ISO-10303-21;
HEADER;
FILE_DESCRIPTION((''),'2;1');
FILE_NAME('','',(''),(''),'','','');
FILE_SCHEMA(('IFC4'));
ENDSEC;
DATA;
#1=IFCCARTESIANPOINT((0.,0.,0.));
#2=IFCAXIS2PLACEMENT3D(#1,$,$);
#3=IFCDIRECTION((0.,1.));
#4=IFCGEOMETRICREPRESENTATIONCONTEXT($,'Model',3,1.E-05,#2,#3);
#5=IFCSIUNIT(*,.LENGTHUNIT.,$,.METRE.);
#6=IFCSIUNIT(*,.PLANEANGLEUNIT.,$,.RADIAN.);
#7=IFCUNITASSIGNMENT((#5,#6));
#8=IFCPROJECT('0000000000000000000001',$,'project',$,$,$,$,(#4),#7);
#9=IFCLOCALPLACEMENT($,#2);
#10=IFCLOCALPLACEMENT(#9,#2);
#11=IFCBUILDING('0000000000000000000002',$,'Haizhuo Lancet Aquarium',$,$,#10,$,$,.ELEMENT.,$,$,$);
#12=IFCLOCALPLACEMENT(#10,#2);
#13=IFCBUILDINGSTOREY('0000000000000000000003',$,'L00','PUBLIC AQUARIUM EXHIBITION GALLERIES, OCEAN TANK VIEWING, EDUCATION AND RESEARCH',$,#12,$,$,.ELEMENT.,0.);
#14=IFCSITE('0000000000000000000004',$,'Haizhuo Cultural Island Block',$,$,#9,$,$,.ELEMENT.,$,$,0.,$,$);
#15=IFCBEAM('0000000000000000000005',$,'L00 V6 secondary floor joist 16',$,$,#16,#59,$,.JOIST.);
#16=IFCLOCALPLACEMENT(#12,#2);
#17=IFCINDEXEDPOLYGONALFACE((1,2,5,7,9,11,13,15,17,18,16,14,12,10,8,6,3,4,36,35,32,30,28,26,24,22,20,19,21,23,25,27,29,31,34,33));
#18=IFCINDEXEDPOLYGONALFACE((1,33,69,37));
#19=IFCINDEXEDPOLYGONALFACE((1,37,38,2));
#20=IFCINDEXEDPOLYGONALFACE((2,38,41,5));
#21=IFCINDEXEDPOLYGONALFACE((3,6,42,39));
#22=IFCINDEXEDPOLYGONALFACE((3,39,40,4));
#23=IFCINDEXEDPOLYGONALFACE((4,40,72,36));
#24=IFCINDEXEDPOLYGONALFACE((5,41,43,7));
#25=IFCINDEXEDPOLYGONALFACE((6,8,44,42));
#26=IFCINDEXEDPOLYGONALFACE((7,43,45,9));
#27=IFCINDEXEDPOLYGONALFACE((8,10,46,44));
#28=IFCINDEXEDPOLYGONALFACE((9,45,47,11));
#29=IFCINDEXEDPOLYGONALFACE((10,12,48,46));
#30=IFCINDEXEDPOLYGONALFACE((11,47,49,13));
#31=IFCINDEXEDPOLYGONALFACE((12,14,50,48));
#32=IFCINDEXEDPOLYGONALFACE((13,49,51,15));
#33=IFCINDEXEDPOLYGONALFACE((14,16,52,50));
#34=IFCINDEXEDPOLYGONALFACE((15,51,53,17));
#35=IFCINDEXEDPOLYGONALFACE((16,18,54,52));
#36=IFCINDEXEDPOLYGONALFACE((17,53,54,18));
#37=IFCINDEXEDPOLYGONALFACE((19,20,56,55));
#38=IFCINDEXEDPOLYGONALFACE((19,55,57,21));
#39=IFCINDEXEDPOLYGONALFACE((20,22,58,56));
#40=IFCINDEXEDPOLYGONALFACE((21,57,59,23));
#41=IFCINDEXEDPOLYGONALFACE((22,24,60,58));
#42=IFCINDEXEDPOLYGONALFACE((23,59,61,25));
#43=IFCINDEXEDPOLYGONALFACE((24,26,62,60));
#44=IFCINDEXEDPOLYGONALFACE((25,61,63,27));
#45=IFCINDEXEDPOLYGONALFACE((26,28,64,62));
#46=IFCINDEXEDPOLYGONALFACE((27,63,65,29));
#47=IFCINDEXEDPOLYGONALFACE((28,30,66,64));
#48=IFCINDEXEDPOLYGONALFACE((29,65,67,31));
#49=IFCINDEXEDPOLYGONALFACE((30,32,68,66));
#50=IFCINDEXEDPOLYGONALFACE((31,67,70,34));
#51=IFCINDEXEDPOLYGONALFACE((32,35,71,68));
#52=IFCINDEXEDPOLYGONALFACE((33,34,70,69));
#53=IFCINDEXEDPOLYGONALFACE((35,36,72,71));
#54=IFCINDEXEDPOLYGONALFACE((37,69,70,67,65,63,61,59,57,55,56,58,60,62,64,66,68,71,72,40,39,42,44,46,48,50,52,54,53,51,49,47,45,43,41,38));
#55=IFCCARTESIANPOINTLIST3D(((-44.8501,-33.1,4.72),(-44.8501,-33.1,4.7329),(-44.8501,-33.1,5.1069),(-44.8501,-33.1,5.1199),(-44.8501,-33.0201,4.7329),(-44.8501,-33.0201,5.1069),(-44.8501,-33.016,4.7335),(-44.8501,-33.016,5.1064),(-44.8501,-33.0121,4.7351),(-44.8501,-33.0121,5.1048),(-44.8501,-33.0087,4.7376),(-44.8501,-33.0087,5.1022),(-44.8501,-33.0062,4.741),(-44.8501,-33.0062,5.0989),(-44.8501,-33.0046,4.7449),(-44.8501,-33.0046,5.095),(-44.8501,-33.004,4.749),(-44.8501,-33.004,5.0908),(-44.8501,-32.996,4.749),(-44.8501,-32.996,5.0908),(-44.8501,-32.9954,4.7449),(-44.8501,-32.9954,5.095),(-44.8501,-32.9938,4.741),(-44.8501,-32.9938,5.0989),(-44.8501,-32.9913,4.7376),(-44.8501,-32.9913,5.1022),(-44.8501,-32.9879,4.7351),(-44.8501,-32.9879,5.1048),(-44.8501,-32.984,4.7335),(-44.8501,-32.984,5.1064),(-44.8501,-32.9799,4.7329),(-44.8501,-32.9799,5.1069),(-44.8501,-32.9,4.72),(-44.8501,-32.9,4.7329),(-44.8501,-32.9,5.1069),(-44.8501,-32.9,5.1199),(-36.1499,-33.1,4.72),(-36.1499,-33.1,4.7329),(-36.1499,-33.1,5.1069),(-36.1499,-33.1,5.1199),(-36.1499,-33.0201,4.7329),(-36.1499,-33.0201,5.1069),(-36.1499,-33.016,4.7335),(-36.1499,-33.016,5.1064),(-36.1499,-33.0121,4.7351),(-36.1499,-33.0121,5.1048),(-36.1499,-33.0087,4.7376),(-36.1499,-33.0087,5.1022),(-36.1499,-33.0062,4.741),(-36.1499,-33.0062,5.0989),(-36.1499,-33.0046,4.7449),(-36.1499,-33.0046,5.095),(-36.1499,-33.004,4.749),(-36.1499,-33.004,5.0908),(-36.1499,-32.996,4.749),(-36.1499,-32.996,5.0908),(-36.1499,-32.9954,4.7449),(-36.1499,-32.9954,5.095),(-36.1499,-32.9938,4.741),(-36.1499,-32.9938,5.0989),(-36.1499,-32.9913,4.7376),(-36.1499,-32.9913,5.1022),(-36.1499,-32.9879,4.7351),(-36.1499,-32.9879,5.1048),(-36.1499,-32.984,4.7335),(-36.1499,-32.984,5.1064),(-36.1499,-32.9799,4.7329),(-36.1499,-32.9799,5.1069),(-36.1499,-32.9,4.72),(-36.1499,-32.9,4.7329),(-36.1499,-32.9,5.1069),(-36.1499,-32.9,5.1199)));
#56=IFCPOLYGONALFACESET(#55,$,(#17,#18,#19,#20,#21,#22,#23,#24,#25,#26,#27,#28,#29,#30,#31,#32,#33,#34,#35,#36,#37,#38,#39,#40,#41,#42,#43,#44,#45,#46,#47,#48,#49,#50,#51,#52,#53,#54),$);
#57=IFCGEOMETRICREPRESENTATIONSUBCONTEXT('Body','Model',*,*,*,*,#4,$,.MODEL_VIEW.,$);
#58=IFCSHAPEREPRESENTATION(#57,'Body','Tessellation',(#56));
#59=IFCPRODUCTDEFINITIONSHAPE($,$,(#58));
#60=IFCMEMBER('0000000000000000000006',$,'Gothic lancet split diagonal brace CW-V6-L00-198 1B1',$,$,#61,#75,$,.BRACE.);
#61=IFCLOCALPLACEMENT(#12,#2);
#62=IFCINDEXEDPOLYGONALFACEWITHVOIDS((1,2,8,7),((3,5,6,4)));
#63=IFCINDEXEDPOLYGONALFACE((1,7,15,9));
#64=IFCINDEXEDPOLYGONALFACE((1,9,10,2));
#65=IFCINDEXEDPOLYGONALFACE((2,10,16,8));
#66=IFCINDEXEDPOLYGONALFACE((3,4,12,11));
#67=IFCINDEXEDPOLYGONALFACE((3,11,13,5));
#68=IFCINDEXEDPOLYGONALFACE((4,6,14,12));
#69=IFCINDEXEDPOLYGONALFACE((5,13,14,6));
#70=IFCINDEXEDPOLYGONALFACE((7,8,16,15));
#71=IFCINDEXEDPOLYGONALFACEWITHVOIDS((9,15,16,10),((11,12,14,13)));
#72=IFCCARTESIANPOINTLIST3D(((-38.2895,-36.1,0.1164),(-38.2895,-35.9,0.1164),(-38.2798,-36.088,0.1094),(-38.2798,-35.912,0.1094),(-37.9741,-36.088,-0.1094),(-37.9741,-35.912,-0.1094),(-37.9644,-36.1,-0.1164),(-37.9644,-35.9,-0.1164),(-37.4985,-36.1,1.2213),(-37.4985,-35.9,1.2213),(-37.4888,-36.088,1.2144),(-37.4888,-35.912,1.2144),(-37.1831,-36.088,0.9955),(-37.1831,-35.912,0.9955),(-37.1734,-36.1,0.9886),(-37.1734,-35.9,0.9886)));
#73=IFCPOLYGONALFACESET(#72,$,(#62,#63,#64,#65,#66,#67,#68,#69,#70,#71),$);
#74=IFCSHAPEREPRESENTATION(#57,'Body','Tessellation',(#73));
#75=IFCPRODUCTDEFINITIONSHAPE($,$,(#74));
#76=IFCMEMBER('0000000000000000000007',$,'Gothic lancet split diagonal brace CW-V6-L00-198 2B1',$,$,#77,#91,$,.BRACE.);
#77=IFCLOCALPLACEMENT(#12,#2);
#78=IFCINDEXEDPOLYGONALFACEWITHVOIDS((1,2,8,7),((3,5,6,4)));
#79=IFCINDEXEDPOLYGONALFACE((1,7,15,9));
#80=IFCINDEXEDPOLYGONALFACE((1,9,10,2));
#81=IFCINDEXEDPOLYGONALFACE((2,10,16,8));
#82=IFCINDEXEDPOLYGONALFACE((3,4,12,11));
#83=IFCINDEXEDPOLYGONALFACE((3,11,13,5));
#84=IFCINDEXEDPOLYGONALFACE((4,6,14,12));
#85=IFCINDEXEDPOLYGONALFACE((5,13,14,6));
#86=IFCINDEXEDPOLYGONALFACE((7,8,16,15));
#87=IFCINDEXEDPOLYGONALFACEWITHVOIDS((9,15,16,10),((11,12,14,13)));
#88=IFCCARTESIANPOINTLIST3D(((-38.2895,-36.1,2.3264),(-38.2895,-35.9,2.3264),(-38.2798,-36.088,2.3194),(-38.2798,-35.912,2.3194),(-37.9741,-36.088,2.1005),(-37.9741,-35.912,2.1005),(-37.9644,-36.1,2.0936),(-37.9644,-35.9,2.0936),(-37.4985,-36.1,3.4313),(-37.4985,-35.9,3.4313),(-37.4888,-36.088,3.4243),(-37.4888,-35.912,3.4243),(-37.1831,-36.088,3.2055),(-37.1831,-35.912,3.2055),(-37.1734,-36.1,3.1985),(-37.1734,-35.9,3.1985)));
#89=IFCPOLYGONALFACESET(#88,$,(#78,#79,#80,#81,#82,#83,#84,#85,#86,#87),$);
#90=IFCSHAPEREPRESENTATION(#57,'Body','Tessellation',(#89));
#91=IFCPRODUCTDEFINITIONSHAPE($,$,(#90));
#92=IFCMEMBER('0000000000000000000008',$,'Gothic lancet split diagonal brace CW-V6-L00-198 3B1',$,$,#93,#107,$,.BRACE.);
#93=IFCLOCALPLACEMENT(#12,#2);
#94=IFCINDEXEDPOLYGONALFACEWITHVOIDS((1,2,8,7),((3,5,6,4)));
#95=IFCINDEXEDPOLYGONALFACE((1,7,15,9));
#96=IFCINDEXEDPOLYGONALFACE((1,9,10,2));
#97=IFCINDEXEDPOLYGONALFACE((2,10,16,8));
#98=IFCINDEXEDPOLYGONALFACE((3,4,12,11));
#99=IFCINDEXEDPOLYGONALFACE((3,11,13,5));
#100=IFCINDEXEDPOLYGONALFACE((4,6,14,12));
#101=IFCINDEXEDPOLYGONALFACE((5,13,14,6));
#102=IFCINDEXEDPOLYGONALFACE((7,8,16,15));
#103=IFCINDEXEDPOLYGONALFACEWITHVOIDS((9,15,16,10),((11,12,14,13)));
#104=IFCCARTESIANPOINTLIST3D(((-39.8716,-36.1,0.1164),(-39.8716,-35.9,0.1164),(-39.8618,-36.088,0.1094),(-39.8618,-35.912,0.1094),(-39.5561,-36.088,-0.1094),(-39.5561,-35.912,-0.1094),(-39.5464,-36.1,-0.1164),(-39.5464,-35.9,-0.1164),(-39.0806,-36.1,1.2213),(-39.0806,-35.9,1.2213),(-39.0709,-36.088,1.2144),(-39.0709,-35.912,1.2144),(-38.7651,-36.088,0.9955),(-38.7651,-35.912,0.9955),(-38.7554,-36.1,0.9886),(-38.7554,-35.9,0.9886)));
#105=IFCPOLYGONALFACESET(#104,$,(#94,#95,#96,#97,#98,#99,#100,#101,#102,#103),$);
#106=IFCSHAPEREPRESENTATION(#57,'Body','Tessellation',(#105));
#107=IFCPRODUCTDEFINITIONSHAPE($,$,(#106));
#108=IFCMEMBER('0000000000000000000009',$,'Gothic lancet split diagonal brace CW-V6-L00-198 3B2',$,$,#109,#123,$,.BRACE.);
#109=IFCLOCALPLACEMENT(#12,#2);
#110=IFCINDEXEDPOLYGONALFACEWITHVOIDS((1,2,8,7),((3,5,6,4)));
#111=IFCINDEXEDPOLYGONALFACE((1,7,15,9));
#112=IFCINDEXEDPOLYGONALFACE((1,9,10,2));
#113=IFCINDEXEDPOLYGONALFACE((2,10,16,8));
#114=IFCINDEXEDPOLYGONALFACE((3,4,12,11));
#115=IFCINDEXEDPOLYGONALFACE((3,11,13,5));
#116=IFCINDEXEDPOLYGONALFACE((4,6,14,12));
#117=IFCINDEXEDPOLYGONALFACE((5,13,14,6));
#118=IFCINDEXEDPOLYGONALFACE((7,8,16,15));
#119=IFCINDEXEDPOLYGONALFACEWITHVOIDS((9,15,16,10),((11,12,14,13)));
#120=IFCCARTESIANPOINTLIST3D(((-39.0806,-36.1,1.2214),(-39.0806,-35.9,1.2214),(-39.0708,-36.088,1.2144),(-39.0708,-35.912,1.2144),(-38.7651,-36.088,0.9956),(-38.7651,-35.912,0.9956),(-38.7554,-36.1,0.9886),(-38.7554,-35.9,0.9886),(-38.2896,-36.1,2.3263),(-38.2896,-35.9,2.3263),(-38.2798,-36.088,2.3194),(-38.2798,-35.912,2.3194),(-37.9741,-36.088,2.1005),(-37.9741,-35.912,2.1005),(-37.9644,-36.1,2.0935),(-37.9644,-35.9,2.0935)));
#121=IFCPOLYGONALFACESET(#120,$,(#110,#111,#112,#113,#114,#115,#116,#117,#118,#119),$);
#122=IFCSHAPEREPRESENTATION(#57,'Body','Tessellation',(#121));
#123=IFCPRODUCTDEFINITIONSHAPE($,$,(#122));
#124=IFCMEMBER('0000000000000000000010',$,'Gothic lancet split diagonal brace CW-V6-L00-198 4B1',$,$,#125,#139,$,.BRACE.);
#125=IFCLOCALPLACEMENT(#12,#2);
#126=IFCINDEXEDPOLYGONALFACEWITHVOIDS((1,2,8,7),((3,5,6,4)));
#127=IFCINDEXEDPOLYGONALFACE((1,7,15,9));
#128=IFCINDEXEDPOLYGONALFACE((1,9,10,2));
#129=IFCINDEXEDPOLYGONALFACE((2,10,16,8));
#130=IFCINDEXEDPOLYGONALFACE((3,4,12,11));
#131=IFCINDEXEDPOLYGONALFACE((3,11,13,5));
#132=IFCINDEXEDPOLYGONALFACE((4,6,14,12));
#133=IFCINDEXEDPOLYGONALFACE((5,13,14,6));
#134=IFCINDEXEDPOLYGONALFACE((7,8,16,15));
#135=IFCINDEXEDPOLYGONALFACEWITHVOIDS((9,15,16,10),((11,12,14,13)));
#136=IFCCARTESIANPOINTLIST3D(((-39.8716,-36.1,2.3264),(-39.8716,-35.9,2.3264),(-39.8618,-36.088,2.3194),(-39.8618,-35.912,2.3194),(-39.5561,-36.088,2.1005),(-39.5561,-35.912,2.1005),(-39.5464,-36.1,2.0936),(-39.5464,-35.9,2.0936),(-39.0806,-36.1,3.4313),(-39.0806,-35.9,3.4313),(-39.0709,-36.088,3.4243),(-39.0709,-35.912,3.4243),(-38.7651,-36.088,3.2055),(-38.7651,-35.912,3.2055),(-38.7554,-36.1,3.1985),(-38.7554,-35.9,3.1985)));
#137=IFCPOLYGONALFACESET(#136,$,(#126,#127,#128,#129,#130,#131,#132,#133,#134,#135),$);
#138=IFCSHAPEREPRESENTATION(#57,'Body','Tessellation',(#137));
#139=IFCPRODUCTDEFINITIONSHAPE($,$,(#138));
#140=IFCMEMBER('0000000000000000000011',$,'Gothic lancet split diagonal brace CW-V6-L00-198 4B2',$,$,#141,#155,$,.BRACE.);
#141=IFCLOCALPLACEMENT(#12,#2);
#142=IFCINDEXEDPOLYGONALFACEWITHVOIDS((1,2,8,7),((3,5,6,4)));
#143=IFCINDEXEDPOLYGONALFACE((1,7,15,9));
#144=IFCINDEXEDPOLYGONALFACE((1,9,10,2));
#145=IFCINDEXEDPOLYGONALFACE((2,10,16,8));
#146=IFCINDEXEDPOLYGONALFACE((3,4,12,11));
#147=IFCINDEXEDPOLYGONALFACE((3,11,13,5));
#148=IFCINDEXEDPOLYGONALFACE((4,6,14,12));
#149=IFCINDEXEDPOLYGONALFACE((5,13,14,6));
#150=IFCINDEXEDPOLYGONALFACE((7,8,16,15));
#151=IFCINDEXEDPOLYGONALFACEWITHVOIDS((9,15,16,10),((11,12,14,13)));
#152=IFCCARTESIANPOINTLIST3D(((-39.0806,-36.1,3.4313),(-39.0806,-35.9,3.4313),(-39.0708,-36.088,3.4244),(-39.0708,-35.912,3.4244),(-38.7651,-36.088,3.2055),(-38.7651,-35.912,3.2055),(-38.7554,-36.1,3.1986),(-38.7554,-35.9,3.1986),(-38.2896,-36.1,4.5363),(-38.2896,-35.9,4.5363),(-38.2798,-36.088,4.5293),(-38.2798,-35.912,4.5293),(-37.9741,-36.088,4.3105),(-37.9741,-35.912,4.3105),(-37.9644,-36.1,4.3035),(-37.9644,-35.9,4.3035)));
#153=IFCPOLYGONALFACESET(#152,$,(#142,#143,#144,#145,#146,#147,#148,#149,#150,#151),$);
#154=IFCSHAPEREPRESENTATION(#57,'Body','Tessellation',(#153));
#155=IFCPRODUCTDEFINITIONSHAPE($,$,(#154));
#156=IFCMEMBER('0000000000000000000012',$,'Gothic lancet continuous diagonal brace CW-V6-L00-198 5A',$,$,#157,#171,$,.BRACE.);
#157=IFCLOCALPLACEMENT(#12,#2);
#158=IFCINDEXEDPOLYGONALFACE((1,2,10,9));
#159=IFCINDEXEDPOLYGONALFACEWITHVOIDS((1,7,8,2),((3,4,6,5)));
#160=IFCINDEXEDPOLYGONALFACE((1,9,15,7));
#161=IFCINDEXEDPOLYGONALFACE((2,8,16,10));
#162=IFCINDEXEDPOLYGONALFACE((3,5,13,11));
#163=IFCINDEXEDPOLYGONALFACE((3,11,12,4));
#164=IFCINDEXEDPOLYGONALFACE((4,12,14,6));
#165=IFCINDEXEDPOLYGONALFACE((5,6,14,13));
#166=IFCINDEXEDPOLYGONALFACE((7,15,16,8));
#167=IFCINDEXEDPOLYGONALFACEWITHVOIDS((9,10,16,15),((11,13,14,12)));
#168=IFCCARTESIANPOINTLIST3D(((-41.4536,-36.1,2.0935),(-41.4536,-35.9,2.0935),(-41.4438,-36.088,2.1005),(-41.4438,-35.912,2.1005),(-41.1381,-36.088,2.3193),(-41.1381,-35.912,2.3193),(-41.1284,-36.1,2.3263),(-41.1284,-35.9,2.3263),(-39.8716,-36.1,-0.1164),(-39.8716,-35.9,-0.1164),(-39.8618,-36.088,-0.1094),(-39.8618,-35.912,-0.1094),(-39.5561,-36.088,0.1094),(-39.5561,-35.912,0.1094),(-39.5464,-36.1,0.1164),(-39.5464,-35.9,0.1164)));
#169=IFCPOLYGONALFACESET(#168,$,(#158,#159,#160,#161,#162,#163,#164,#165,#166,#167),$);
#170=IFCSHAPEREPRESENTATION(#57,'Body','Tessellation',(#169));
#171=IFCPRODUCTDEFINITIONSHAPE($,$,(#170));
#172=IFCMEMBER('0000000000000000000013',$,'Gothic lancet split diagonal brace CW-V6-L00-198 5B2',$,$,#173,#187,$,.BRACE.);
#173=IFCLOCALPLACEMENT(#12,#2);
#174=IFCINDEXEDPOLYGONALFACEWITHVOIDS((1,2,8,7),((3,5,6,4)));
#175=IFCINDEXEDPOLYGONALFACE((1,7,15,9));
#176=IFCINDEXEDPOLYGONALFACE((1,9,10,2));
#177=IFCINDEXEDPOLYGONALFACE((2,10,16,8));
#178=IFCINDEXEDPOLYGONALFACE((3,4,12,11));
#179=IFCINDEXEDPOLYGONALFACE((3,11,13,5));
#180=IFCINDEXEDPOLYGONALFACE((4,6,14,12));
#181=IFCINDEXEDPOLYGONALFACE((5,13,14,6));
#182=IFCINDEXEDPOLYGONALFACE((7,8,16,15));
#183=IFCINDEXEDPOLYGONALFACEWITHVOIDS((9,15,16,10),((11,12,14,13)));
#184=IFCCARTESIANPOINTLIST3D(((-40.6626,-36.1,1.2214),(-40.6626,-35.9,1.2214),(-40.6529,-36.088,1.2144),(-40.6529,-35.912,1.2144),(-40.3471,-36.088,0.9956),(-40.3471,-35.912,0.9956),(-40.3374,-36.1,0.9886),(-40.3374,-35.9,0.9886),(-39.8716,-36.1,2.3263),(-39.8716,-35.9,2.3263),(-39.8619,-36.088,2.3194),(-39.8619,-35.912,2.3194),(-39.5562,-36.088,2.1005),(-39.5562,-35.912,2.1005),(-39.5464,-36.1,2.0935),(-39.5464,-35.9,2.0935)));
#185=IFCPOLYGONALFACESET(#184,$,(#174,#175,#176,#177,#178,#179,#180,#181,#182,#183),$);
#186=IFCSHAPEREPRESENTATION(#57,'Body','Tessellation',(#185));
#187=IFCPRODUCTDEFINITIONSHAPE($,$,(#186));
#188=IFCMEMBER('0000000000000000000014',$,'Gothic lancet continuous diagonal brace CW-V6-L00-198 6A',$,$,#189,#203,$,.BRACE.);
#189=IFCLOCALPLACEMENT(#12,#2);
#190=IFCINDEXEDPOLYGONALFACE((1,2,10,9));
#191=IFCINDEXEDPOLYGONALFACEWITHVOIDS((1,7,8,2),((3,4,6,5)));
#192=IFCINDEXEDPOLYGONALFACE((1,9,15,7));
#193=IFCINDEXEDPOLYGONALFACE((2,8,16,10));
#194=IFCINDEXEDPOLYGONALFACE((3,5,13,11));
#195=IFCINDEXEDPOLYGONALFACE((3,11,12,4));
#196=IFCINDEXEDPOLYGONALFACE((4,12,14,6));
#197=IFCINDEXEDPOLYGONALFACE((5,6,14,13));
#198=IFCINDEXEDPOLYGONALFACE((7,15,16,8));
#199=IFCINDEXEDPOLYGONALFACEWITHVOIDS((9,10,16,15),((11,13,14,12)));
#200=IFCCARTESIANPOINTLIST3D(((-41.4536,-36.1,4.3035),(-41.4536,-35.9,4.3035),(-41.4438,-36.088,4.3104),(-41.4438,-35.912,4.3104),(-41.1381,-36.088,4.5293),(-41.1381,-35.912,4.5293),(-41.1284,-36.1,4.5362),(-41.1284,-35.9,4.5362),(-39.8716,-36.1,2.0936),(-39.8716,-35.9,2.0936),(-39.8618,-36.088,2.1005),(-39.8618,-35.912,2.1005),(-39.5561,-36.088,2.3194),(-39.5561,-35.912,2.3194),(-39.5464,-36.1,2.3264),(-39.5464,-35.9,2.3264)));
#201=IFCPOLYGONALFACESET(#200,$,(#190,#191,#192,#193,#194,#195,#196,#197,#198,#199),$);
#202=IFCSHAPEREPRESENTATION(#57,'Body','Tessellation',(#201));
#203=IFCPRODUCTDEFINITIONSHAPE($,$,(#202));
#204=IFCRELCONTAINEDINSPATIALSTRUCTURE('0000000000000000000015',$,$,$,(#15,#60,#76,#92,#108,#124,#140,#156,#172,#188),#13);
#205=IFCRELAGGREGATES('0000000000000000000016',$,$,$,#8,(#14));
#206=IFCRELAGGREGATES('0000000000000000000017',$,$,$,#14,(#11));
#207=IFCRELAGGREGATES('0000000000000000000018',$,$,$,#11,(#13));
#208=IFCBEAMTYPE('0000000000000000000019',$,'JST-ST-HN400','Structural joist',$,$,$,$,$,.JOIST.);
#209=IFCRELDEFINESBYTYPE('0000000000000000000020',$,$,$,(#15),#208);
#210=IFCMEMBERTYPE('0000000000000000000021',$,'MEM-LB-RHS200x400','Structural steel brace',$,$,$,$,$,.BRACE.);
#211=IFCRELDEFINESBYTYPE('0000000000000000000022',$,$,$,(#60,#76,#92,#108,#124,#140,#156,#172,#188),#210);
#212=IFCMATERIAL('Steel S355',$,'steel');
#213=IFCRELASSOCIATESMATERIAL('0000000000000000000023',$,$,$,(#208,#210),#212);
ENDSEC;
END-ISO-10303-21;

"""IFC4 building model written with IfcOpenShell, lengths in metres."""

from ifc_helpers import new_model, si_unit, direction, frame, origin, origin_2d, place, context, subcontext, project, spatial, hollow_rectangle, i_section, extrude, material, material_profile, profile_set, type_object, element, save


model = new_model("IFC4")

# Units and contexts
model_context = context("Model", 3, precision=1e-05, world=origin(), true_north=direction((0.0, 1.0)))
body_context = subcontext(model_context, "Body", "Model", "MODEL_VIEW")
ifc_project = project(units=[si_unit("LENGTHUNIT", "METRE"), si_unit("PLANEANGLEUNIT", "RADIAN")], contexts=[model_context])

# Site, building, storey
site_placement = place(None, origin())
site = spatial("IfcSite", under=ifc_project, at=site_placement, Name="Haizhuo Cultural Island Block", CompositionType="ELEMENT", RefElevation=0.0)
building_placement = place(site_placement, origin())
building = spatial("IfcBuilding", under=site, at=building_placement, Name="Haizhuo Lancet Aquarium", CompositionType="ELEMENT")
storey_placement = place(building_placement, origin())
storey = spatial("IfcBuildingStorey", under=building, at=storey_placement, Name="L00", Description="PUBLIC AQUARIUM EXHIBITION GALLERIES, OCEAN TANK VIEWING, EDUCATION AND RESEARCH", CompositionType="ELEMENT", Elevation=0.0)

# Shared definitions
ifc_material_1 = material(Name="Steel S355", Category="steel")

# Beam
ifc_material_profile_1 = material_profile(ifc_material_1, i_section(OverallWidth=0.2, OverallDepth=0.3999, WebThickness=0.0081, FlangeThickness=0.0129, FilletRadius=0.0161, at=origin_2d()), Name="HN 400x200x8x13")
ifc_profile_set_1 = profile_set([ifc_material_profile_1], Name="Steel S355")
beam_type_1 = type_object("IfcBeamType", Name="JST-ST-HN400", Description="Structural joist", PredefinedType="JOIST", material=ifc_profile_set_1)
for number, where, z_axis, x_axis, name in (
    (1, (-44.8501, -33.0, 4.9199), (1.0, 0.0, 0.0), (0.0, 1.0, 0.0), "L00 V6 secondary floor joist 16"),
):
    element("IfcBeam", number, at=place(storey_placement, frame(where, z_axis=z_axis, x_axis=x_axis)), inside=storey, type_object=beam_type_1, Name=name, PredefinedType="JOIST", context=body_context, shape_type="SweptSolid", body=[
        extrude(i_section(OverallWidth=0.2, OverallDepth=0.3999, WebThickness=0.0081, FlangeThickness=0.0129, FilletRadius=0.0161, at=origin_2d()), origin(), (0.0, 0.0, 1.0), 8.7002),
    ])

# Members
ifc_material_profile_2 = material_profile(ifc_material_1, hollow_rectangle(XDim=0.2, YDim=0.3999, WallThickness=0.012, at=origin_2d()), Name="RHS 200x400x12")
ifc_profile_set_2 = profile_set([ifc_material_profile_2], Name="Steel S355")
member_type_1 = type_object("IfcMemberType", Name="MEM-LB-RHS200x400", Description="Structural steel brace", PredefinedType="BRACE", material=ifc_profile_set_2)
for number, where, z_axis, x_axis, name in (
    (2, (-38.127, -36.0, 0.0), (0.582088, 0.0, 0.813126), (0.0, 1.0, 0.0), "Gothic lancet split diagonal brace CW-V6-L00-198 1B1"),
    (3, (-38.127, -36.0, 2.21), (0.582088, 0.0, 0.813126), (0.0, 1.0, 0.0), "Gothic lancet split diagonal brace CW-V6-L00-198 2B1"),
    (4, (-39.709, -36.0, 0.0), (0.582088, 0.0, 0.813126), (0.0, 1.0, 0.0), "Gothic lancet split diagonal brace CW-V6-L00-198 3B1"),
    (5, (-38.918, -36.0, 1.105), (0.582088, 0.0, 0.813126), (0.0, 1.0, 0.0), "Gothic lancet split diagonal brace CW-V6-L00-198 3B2"),
    (6, (-39.709, -36.0, 2.21), (0.582088, 0.0, 0.813126), (0.0, 1.0, 0.0), "Gothic lancet split diagonal brace CW-V6-L00-198 4B1"),
    (7, (-38.918, -36.0, 3.3149), (0.582088, 0.0, 0.813126), (0.0, 1.0, 0.0), "Gothic lancet split diagonal brace CW-V6-L00-198 4B2"),
):
    element("IfcMember", number, at=place(storey_placement, frame(where, z_axis=z_axis, x_axis=x_axis)), inside=storey, type_object=member_type_1, Name=name, PredefinedType="BRACE", context=body_context, shape_type="SweptSolid", body=[
        extrude(hollow_rectangle(XDim=0.2, YDim=0.3999, WallThickness=0.012, at=origin_2d()), origin(), (0.0, 0.0, 1.0), 1.3589),
    ])
member_1_placement = place(storey_placement, frame((-39.709, -36.0, 0.0), z_axis=(-0.582088, 0.0, 0.813126), x_axis=(0.0, -1.0, 0.0)))
element("IfcMember", 8, at=member_1_placement, inside=storey, type_object=member_type_1, Name="Gothic lancet continuous diagonal brace CW-V6-L00-198 5A", PredefinedType="BRACE", context=body_context, shape_type="SweptSolid", body=[
    extrude(hollow_rectangle(XDim=0.2, YDim=0.3999, WallThickness=0.012, at=origin_2d()), origin(), (0.0, 0.0, 1.0), 2.7178),
])
member_2_placement = place(storey_placement, frame((-40.5, -36.0, 1.105), z_axis=(0.582088, 0.0, 0.813126), x_axis=(0.0, 1.0, 0.0)))
element("IfcMember", 9, at=member_2_placement, inside=storey, type_object=member_type_1, Name="Gothic lancet split diagonal brace CW-V6-L00-198 5B2", PredefinedType="BRACE", context=body_context, shape_type="SweptSolid", body=[
    extrude(hollow_rectangle(XDim=0.2, YDim=0.3999, WallThickness=0.012, at=origin_2d()), origin(), (0.0, 0.0, 1.0), 1.3589),
])
member_3_placement = place(storey_placement, frame((-39.709, -36.0, 2.21), z_axis=(-0.582088, 0.0, 0.813126), x_axis=(0.0, -1.0, 0.0)))
element("IfcMember", 10, at=member_3_placement, inside=storey, type_object=member_type_1, Name="Gothic lancet continuous diagonal brace CW-V6-L00-198 6A", PredefinedType="BRACE", context=body_context, shape_type="SweptSolid", body=[
    extrude(hollow_rectangle(XDim=0.2, YDim=0.3999, WallThickness=0.012, at=origin_2d()), origin(), (0.0, 0.0, 1.0), 2.7178),
])

save(model, "model.ifc")
